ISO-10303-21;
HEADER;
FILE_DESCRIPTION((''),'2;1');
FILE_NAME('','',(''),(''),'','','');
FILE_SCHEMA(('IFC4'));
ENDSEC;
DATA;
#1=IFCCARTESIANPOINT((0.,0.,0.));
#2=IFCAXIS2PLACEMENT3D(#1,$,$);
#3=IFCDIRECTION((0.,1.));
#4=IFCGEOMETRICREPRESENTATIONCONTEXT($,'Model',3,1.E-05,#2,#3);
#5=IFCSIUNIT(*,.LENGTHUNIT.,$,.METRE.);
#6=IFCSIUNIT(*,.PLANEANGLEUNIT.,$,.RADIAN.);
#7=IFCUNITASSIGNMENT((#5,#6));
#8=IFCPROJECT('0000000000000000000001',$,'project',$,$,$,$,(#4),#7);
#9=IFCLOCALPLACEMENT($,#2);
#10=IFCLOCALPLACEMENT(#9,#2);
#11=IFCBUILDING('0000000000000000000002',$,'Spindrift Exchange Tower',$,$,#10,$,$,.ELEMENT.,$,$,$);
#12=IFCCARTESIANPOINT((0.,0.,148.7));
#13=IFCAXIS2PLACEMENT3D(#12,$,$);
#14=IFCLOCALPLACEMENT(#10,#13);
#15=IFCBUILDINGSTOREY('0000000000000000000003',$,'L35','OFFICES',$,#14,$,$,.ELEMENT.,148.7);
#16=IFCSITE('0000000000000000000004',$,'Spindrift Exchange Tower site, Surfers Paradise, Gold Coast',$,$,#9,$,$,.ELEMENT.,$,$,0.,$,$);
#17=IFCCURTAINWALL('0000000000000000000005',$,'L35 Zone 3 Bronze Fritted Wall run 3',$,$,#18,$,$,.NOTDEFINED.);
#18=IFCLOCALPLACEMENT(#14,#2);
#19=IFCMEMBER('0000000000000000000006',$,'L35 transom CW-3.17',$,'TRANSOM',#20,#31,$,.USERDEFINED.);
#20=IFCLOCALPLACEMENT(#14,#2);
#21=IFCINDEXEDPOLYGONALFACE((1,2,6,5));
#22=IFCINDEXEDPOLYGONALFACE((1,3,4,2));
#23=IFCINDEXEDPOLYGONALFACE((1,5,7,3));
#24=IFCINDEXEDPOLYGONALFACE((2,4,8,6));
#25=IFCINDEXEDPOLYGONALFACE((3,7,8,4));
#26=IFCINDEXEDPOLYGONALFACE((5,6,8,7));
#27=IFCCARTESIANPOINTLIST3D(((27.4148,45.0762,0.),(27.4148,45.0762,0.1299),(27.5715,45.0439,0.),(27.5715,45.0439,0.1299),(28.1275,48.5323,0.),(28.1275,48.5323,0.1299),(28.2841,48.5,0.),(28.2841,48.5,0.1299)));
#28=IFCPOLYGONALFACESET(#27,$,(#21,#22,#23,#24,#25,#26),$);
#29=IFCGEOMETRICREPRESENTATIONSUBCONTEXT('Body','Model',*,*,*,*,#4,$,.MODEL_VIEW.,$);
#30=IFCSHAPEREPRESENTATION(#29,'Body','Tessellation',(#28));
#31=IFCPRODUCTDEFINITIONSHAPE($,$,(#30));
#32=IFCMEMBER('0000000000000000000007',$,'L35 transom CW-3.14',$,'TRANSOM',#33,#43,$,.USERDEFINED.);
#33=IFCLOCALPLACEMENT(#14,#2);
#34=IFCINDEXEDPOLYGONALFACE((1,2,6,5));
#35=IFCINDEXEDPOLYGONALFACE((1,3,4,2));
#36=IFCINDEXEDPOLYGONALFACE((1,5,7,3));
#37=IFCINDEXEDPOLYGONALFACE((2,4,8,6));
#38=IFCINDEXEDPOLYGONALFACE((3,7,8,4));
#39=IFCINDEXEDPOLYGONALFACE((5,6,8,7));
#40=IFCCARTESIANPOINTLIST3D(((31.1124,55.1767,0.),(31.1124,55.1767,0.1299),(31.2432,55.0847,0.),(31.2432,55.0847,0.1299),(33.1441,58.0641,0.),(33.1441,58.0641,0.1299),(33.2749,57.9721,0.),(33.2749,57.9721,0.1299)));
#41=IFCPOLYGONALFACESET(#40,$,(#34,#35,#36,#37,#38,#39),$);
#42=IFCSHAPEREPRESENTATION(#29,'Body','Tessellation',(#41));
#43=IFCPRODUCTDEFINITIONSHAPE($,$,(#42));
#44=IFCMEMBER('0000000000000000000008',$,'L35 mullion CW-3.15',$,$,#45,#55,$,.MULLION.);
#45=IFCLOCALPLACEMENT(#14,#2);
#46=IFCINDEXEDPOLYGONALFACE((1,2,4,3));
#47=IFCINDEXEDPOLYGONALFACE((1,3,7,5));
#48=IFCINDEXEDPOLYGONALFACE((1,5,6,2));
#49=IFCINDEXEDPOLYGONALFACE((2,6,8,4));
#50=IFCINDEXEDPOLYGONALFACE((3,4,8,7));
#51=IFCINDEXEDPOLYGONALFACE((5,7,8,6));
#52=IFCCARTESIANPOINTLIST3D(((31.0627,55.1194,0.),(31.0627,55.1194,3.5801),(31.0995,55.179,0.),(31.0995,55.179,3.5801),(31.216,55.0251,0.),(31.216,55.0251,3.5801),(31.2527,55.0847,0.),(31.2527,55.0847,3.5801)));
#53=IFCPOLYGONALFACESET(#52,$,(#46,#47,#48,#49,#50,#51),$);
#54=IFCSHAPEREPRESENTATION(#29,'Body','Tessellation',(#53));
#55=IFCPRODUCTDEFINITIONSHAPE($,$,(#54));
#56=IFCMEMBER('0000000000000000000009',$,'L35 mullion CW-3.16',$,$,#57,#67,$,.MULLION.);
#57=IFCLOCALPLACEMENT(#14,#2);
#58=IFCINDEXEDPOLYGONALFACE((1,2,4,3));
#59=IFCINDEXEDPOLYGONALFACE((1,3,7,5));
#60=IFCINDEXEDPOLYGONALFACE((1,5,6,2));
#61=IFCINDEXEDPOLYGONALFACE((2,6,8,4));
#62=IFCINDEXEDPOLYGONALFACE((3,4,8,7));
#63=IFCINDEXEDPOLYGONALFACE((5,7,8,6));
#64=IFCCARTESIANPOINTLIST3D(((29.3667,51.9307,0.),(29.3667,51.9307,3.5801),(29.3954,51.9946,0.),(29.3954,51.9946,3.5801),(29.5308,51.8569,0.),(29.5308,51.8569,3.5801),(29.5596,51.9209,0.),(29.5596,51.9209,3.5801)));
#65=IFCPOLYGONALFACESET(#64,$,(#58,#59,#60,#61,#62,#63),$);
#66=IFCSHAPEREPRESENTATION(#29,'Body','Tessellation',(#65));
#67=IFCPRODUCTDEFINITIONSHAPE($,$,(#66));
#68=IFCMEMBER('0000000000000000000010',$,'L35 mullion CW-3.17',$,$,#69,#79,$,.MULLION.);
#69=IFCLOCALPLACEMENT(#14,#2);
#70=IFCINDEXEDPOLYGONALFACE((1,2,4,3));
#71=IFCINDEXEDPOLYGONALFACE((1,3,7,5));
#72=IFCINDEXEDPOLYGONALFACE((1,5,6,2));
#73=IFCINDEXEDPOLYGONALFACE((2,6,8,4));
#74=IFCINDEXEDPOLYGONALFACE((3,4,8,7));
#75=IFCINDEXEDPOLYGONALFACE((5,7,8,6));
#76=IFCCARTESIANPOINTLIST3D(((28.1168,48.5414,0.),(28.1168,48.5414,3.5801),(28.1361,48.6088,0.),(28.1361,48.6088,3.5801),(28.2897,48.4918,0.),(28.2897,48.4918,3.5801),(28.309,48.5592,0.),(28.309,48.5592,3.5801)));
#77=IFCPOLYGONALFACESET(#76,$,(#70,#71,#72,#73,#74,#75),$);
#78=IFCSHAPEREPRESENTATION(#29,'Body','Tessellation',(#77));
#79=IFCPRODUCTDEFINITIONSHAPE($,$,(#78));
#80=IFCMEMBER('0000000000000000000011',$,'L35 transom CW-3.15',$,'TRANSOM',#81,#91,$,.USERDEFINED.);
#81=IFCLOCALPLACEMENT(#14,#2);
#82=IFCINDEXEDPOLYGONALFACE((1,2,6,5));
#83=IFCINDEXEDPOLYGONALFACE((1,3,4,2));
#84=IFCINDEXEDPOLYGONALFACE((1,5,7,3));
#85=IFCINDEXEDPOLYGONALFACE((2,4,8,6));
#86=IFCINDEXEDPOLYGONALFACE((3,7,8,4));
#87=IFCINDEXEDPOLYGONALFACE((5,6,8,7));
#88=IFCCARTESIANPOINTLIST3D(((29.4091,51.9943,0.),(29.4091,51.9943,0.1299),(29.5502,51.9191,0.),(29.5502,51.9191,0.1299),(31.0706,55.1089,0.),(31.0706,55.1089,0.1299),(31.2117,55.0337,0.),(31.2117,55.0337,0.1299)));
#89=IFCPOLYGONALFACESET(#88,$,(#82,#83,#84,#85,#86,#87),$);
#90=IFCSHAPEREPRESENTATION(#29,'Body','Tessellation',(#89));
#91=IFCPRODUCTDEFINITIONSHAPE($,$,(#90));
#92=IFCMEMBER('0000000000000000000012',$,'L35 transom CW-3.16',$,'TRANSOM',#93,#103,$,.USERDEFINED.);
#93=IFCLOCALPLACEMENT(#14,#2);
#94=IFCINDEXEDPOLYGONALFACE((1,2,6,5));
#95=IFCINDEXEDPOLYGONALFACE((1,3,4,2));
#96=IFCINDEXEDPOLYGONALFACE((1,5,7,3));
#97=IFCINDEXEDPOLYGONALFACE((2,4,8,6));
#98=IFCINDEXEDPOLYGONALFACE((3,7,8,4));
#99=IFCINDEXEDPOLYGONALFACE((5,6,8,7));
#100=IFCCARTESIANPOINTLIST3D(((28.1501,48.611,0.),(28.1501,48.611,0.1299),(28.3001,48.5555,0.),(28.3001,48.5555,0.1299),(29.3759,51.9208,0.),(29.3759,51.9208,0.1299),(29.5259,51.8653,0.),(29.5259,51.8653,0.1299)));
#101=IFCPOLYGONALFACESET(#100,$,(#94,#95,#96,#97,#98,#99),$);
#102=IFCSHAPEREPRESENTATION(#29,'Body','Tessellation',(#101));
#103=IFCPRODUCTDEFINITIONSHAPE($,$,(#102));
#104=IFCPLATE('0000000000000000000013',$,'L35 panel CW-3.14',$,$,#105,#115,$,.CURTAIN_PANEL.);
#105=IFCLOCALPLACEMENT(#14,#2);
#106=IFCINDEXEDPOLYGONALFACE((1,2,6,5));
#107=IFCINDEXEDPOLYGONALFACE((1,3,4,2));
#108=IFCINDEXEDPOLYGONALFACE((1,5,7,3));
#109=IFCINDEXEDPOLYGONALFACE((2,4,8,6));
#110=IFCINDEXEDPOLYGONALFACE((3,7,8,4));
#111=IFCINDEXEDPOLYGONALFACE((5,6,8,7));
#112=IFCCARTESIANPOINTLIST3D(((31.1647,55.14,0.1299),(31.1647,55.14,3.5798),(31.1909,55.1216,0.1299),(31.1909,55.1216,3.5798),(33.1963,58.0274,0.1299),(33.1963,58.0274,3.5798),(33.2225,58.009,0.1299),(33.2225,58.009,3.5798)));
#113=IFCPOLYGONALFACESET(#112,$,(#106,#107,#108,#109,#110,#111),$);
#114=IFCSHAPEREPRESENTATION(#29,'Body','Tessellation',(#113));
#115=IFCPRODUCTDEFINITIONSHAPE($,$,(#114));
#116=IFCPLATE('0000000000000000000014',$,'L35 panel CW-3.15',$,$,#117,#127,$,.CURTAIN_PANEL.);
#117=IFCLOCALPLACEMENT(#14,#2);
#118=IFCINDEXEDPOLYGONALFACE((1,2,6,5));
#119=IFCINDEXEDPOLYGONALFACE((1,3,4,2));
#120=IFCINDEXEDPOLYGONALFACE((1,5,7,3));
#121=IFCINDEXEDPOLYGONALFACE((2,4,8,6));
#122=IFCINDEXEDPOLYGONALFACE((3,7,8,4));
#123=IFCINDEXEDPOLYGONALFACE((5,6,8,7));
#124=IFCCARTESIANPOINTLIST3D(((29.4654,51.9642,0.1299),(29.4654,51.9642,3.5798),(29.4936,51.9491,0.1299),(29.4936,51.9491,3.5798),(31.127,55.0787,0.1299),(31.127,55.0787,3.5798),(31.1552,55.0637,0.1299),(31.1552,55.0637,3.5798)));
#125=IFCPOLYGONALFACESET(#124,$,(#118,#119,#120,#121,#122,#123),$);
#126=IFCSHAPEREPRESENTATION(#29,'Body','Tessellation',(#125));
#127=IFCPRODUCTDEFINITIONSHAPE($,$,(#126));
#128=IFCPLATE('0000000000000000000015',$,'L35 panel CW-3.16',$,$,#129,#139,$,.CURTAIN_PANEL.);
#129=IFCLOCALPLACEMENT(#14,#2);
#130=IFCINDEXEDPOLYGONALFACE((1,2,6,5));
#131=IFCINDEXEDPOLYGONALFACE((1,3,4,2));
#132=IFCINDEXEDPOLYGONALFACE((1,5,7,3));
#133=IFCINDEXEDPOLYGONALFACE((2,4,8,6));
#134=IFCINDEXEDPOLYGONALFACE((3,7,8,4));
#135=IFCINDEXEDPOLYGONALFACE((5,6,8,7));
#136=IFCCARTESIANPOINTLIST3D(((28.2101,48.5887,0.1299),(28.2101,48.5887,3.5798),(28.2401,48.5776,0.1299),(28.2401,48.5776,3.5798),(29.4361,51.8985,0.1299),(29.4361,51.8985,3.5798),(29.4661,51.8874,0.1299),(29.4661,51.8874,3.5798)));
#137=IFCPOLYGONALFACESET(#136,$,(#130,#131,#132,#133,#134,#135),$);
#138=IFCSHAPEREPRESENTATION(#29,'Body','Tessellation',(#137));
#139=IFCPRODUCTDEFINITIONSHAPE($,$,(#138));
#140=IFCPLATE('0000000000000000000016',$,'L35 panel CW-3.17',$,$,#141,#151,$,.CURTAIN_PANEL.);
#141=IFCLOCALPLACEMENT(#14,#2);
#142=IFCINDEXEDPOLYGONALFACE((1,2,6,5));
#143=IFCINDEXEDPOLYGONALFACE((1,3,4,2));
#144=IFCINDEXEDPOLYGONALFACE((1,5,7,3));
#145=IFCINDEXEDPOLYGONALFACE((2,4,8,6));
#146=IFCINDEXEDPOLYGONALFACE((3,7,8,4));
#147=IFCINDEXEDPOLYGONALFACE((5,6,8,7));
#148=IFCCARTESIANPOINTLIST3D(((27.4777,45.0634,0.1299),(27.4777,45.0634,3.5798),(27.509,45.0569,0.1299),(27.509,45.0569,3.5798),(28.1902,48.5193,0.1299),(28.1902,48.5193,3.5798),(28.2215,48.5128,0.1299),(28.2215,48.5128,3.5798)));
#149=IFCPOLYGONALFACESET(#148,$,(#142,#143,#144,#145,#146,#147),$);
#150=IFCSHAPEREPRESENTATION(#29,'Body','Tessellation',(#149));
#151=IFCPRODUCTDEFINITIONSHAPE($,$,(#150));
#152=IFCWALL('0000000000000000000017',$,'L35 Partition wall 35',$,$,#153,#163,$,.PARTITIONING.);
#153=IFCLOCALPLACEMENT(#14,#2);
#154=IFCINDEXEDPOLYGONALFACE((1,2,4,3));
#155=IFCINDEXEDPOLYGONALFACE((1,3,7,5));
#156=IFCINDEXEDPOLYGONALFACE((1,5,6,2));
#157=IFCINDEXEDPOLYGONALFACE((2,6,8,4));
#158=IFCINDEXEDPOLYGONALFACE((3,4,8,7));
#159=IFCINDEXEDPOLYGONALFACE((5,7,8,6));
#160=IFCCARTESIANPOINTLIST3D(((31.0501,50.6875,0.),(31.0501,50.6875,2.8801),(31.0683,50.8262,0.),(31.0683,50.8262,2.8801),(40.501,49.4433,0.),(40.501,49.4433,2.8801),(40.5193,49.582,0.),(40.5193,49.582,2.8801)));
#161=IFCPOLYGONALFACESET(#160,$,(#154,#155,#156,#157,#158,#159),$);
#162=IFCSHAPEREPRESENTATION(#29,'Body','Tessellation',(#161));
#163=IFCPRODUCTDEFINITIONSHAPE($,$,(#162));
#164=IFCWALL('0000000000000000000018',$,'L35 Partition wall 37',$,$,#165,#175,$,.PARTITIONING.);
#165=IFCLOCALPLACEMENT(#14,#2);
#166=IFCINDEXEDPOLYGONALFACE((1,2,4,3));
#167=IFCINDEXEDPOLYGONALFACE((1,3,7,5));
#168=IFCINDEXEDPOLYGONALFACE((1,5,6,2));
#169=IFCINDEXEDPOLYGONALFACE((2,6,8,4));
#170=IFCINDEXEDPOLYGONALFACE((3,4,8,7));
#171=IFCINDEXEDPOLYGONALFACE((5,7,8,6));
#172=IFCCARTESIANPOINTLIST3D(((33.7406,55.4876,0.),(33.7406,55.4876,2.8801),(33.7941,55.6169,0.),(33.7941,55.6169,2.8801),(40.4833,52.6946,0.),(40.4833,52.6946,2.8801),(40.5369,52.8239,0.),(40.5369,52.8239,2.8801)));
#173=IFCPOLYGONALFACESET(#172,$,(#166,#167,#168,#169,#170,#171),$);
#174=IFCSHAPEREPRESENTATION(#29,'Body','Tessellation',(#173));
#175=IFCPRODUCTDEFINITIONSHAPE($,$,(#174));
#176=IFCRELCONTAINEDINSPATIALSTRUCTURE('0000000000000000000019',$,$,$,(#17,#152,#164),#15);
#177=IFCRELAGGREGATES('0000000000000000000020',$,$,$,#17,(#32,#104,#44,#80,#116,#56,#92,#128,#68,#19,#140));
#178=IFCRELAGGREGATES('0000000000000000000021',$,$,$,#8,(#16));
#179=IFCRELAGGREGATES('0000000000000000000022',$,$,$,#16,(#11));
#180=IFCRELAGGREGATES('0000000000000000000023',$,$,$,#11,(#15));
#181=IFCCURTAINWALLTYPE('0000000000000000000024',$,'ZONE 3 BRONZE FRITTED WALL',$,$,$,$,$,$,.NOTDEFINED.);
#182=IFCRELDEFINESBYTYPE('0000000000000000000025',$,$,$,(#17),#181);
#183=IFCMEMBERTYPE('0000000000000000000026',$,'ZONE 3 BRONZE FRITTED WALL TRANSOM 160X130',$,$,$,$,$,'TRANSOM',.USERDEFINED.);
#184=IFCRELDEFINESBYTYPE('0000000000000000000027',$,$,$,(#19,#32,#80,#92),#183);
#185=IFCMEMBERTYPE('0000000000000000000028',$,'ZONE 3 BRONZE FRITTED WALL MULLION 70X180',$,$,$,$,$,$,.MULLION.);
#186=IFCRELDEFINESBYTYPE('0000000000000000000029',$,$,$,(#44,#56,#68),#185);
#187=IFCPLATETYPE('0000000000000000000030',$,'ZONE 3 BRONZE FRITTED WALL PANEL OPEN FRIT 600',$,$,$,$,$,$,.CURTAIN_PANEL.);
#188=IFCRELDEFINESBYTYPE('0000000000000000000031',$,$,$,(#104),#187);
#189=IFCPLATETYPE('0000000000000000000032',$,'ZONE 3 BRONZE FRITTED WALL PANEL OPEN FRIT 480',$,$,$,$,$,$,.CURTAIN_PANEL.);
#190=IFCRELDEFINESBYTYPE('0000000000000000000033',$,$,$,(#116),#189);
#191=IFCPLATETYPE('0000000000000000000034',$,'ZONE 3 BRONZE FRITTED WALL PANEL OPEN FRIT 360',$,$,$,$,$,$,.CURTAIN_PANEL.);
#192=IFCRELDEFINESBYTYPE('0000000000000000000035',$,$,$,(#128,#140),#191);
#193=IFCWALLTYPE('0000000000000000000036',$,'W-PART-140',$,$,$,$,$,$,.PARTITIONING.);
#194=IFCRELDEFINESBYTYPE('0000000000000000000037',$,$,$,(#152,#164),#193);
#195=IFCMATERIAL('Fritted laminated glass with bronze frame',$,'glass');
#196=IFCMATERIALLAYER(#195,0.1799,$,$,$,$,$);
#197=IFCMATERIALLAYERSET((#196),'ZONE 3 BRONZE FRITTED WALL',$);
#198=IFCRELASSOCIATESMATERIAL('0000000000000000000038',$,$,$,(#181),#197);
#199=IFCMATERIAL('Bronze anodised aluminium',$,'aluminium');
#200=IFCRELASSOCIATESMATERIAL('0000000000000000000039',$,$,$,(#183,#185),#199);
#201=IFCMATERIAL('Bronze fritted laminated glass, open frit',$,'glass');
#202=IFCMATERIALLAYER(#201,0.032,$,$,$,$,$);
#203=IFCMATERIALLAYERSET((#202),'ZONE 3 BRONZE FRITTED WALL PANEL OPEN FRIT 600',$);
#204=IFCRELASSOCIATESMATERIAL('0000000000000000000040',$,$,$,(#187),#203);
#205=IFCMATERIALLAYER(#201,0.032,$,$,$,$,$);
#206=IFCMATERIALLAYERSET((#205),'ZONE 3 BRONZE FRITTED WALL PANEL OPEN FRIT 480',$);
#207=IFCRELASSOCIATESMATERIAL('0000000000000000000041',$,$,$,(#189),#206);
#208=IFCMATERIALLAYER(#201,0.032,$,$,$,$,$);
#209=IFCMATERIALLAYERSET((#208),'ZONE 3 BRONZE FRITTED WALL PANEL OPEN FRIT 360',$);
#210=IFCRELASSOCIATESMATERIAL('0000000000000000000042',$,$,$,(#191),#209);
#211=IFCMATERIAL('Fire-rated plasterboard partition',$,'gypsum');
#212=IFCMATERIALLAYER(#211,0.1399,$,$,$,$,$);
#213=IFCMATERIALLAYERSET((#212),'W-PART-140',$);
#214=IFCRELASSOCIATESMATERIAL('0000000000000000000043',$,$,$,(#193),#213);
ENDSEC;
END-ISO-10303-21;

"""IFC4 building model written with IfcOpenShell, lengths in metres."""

from ifc_helpers import new_model, si_unit, direction, frame, frame_2d, origin, origin_2d, place, context, subcontext, project, spatial, rectangle, extrude, source, transform, mapped, material, layer, layer_set, material_profile, profile_set, type_object, element, aggregate, save


model = new_model("IFC4")

# Units and contexts
model_context = context("Model", 3, precision=1e-05, world=origin(), true_north=direction((0.0, 1.0)))
body_context = subcontext(model_context, "Body", "Model", "MODEL_VIEW")
ifc_project = project(units=[si_unit("LENGTHUNIT", "METRE"), si_unit("PLANEANGLEUNIT", "RADIAN")], contexts=[model_context])

# Site, building, storey
site_placement = place(None, origin())
site = spatial("IfcSite", under=ifc_project, at=site_placement, Name="Spindrift Exchange Tower site, Surfers Paradise, Gold Coast", CompositionType="ELEMENT", RefElevation=0.0)
building_placement = place(site_placement, origin())
building = spatial("IfcBuilding", under=site, at=building_placement, Name="Spindrift Exchange Tower", CompositionType="ELEMENT")
storey_placement = place(building_placement, frame((0.0, 0.0, 148.7)))
storey = spatial("IfcBuildingStorey", under=building, at=storey_placement, Name="L35", Description="OFFICES", CompositionType="ELEMENT", Elevation=148.7)

# Curtain wall, members, plates
ifc_material_1 = material(Name="Fritted laminated glass with bronze frame", Category="glass")
ifc_layer_1 = layer(ifc_material_1, 0.1799)
ifc_layer_set_1 = layer_set([ifc_layer_1], Name="ZONE 3 BRONZE FRITTED WALL")
curtain_wall_type = type_object("IfcCurtainWallType", Name="ZONE 3 BRONZE FRITTED WALL", PredefinedType="NOTDEFINED", material=ifc_layer_set_1)
curtain_wall_placement = place(storey_placement, origin())
curtain_wall = element("IfcCurtainWall", 1, at=curtain_wall_placement, inside=storey, type_object=curtain_wall_type, Name="L35 Zone 3 Bronze Fritted Wall run 3", PredefinedType="NOTDEFINED")
ifc_material_2 = material(Name="Bronze anodised aluminium", Category="aluminium")
ifc_material_profile_1 = material_profile(ifc_material_2, rectangle(XDim=0.1599, YDim=0.1299, at=origin_2d()), Name="ZONE 3 BRONZE FRITTED WALL TRANSOM 160X130")
ifc_profile_set_1 = profile_set([ifc_material_profile_1], Name="Bronze anodised aluminium")
member_type_1 = type_object("IfcMemberType", Name="ZONE 3 BRONZE FRITTED WALL TRANSOM 160X130", ElementType="TRANSOM", PredefinedType="USERDEFINED", material=ifc_profile_set_1)
shared_shape_1 = source(origin(), body_context, "Body", "SweptSolid", [
    extrude(rectangle(XDim=0.1599, YDim=0.1299, at=origin_2d()), origin(), (0.0, 0.0, 1.0), 3.5288),
])
member_1_placement = place(storey_placement, frame((28.2058, 48.5161, 0.0649), z_axis=(-0.201954, -0.979395, 0.0), x_axis=(0.979395, -0.201954, 0.0)))
member_1 = element("IfcMember", 2, at=member_1_placement, type_object=member_type_1, Name="L35 transom CW-3.17", ObjectType="TRANSOM", PredefinedType="USERDEFINED", context=body_context, shape_type="MappedRepresentation", body=[
    mapped(shared_shape_1, transform((0.0, 0.0, 0.0), scale=1.0)),
])
shared_shape_2 = source(origin(), body_context, "Body", "SweptSolid", [
    extrude(rectangle(XDim=0.1599, YDim=0.1299, at=origin_2d()), origin(), (0.0, 0.0, 1.0), 3.5305),
])
member_2_placement = place(storey_placement, frame((33.2095, 58.0181, 0.0649), z_axis=(-0.575461, -0.817829, 0.0), x_axis=(0.817829, -0.575461, 0.0)))
member_2 = element("IfcMember", 3, at=member_2_placement, type_object=member_type_1, Name="L35 transom CW-3.14", ObjectType="TRANSOM", PredefinedType="USERDEFINED", context=body_context, shape_type="MappedRepresentation", body=[
    mapped(shared_shape_2, transform((0.0, 0.0, 0.0), scale=1.0)),
])
ifc_material_profile_2 = material_profile(ifc_material_2, rectangle(XDim=0.0701, YDim=0.1799, at=origin_2d()), Name="ZONE 3 BRONZE FRITTED WALL MULLION 70X180")
ifc_profile_set_2 = profile_set([ifc_material_profile_2], Name="Bronze anodised aluminium")
member_type_2 = type_object("IfcMemberType", Name="ZONE 3 BRONZE FRITTED WALL MULLION 70X180", PredefinedType="MULLION", material=ifc_profile_set_2)
shared_shape_3 = source(origin(), body_context, "Body", "SweptSolid", [
    extrude(rectangle(XDim=0.0701, YDim=0.1799, at=origin_2d()), origin(), (0.0, 0.0, 1.0), 3.5801),
])
member_3_placement = place(storey_placement, frame((31.1577, 55.1021, 0.0), z_axis=(0.0, 0.0, 1.0), x_axis=(-0.524063, -0.851679, 0.0)))
member_3 = element("IfcMember", 4, at=member_3_placement, type_object=member_type_2, Name="L35 mullion CW-3.15", PredefinedType="MULLION", context=body_context, shape_type="MappedRepresentation", body=[
    mapped(shared_shape_3, transform((0.0, 0.0, 0.0), scale=1.0)),
])
member_4_placement = place(storey_placement, frame((29.4631, 51.9258, 0.0), z_axis=(0.0, 0.0, 1.0), x_axis=(-0.409959, -0.912104, 0.0)))
member_4 = element("IfcMember", 5, at=member_4_placement, type_object=member_type_2, Name="L35 mullion CW-3.16", PredefinedType="MULLION", context=body_context, shape_type="MappedRepresentation", body=[
    mapped(shared_shape_3, transform((0.0, 0.0, 0.0), scale=1.0)),
])
member_5_placement = place(storey_placement, frame((28.2129, 48.5503, 0.0), z_axis=(0.0, 0.0, 1.0), x_axis=(-0.275433, -0.96132, 0.0)))
member_5 = element("IfcMember", 6, at=member_5_placement, type_object=member_type_2, Name="L35 mullion CW-3.17", PredefinedType="MULLION", context=body_context, shape_type="MappedRepresentation", body=[
    mapped(shared_shape_3, transform((0.0, 0.0, 0.0), scale=1.0)),
])
shared_shape_4 = source(origin(), body_context, "Body", "SweptSolid", [
    extrude(rectangle(XDim=0.1599, YDim=0.1299, at=origin_2d()), origin(), (0.0, 0.0, 1.0), 3.53),
])
member_6_placement = place(storey_placement, frame((31.1411, 55.0713, 0.0649), z_axis=(-0.470656, -0.882317, 0.0), x_axis=(0.882317, -0.470656, 0.0)))
member_6 = element("IfcMember", 7, at=member_6_placement, type_object=member_type_1, Name="L35 transom CW-3.15", ObjectType="TRANSOM", PredefinedType="USERDEFINED", context=body_context, shape_type="MappedRepresentation", body=[
    mapped(shared_shape_4, transform((0.0, 0.0, 0.0), scale=1.0)),
])
shared_shape_5 = source(origin(), body_context, "Body", "SweptSolid", [
    extrude(rectangle(XDim=0.1599, YDim=0.1299, at=origin_2d()), origin(), (0.0, 0.0, 1.0), 3.5295),
])
member_7_placement = place(storey_placement, frame((29.4509, 51.8931, 0.0649), z_axis=(-0.347308, -0.937751, 0.0), x_axis=(0.937751, -0.347308, 0.0)))
member_7 = element("IfcMember", 8, at=member_7_placement, type_object=member_type_1, Name="L35 transom CW-3.16", ObjectType="TRANSOM", PredefinedType="USERDEFINED", context=body_context, shape_type="MappedRepresentation", body=[
    mapped(shared_shape_5, transform((0.0, 0.0, 0.0), scale=1.0)),
])
ifc_material_3 = material(Name="Bronze fritted laminated glass, open frit", Category="glass")
ifc_layer_2 = layer(ifc_material_3, 0.032)
ifc_layer_set_2 = layer_set([ifc_layer_2], Name="ZONE 3 BRONZE FRITTED WALL PANEL OPEN FRIT 600")
plate_type_1 = type_object("IfcPlateType", Name="ZONE 3 BRONZE FRITTED WALL PANEL OPEN FRIT 600", PredefinedType="CURTAIN_PANEL", material=ifc_layer_set_2)
shared_shape_6 = source(origin(), body_context, "Body", "SweptSolid", [
    extrude(rectangle(XDim=3.5305, YDim=0.032, at=origin_2d()), origin(), (0.0, 0.0, 1.0), 3.45),
])
plate_1_placement = place(storey_placement, frame((32.1936, 56.5745, 0.1299), z_axis=(0.0, 0.0, 1.0), x_axis=(-0.575452, -0.817835, 0.0)))
plate_1 = element("IfcPlate", 9, at=plate_1_placement, type_object=plate_type_1, Name="L35 panel CW-3.14", PredefinedType="CURTAIN_PANEL", context=body_context, shape_type="MappedRepresentation", body=[
    mapped(shared_shape_6, transform((0.0, 0.0, 0.0), scale=1.0)),
])
ifc_layer_3 = layer(ifc_material_3, 0.032)
ifc_layer_set_3 = layer_set([ifc_layer_3], Name="ZONE 3 BRONZE FRITTED WALL PANEL OPEN FRIT 480")
plate_type_2 = type_object("IfcPlateType", Name="ZONE 3 BRONZE FRITTED WALL PANEL OPEN FRIT 480", PredefinedType="CURTAIN_PANEL", material=ifc_layer_set_3)
shared_shape_7 = source(origin(), body_context, "Body", "SweptSolid", [
    extrude(rectangle(XDim=3.53, YDim=0.032, at=origin_2d()), origin(), (0.0, 0.0, 1.0), 3.45),
])
plate_2_placement = place(storey_placement, frame((30.3103, 53.5139, 0.1299), z_axis=(0.0, 0.0, 1.0), x_axis=(-0.47069, -0.882299, 0.0)))
plate_2 = element("IfcPlate", 10, at=plate_2_placement, type_object=plate_type_2, Name="L35 panel CW-3.15", PredefinedType="CURTAIN_PANEL", context=body_context, shape_type="MappedRepresentation", body=[
    mapped(shared_shape_7, transform((0.0, 0.0, 0.0), scale=1.0)),
])
ifc_layer_4 = layer(ifc_material_3, 0.032)
ifc_layer_set_4 = layer_set([ifc_layer_4], Name="ZONE 3 BRONZE FRITTED WALL PANEL OPEN FRIT 360")
plate_type_3 = type_object("IfcPlateType", Name="ZONE 3 BRONZE FRITTED WALL PANEL OPEN FRIT 360", PredefinedType="CURTAIN_PANEL", material=ifc_layer_set_4)
shared_shape_8 = source(origin(), body_context, "Body", "SweptSolid", [
    extrude(rectangle(XDim=3.5295, YDim=0.032, at=origin_2d()), origin(), (0.0, 0.0, 1.0), 3.45),
])
plate_3_placement = place(storey_placement, frame((28.8381, 50.238, 0.1299), z_axis=(0.0, 0.0, 1.0), x_axis=(-0.347351, -0.937735, 0.0)))
plate_3 = element("IfcPlate", 11, at=plate_3_placement, type_object=plate_type_3, Name="L35 panel CW-3.16", PredefinedType="CURTAIN_PANEL", context=body_context, shape_type="MappedRepresentation", body=[
    mapped(shared_shape_8, transform((0.0, 0.0, 0.0), scale=1.0)),
])
shared_shape_9 = source(origin(), body_context, "Body", "SweptSolid", [
    extrude(rectangle(XDim=3.5286, YDim=0.032, at=origin_2d()), origin(), (0.0, 0.0, 1.0), 3.45),
])
plate_4_placement = place(storey_placement, frame((27.8496, 46.7881, 0.1299), z_axis=(0.0, 0.0, 1.0), x_axis=(-0.201938, -0.979398, 0.0)))
plate_4 = element("IfcPlate", 12, at=plate_4_placement, type_object=plate_type_3, Name="L35 panel CW-3.17", PredefinedType="CURTAIN_PANEL", context=body_context, shape_type="MappedRepresentation", body=[
    mapped(shared_shape_9, transform((0.0, 0.0, 0.0), scale=1.0)),
])
aggregate(curtain_wall, [member_2, plate_1, member_3, member_6, plate_2, member_4, member_7, plate_3, member_5, member_1, plate_4])

# Walls
ifc_material_4 = material(Name="Fire-rated plasterboard partition", Category="gypsum")
ifc_layer_5 = layer(ifc_material_4, 0.1399)
ifc_layer_set_5 = layer_set([ifc_layer_5], Name="W-PART-140")
wall_type = type_object("IfcWallType", Name="W-PART-140", PredefinedType="PARTITIONING", material=ifc_layer_set_5)
wall_1_placement = place(storey_placement, frame((40.51, 49.5127, 0.0), z_axis=(0.0, 0.0, 1.0), x_axis=(-0.991446, 0.130516, 0.0)))
element("IfcWall", 13, at=wall_1_placement, inside=storey, type_object=wall_type, Name="L35 Partition wall 35", PredefinedType="PARTITIONING", context=body_context, shape_type="SweptSolid", body=[
    extrude(rectangle(XDim=9.5325, YDim=0.1399, at=frame_2d((4.7661, 0.0))), origin(), (0.0, 0.0, 1.0), 2.8801),
])
wall_2_placement = place(storey_placement, frame((33.7673, 55.5522, 0.0), z_axis=(0.0, 0.0, 1.0), x_axis=(0.923877, -0.382691, 0.0)))
element("IfcWall", 14, at=wall_2_placement, inside=storey, type_object=wall_type, Name="L35 Partition wall 37", PredefinedType="PARTITIONING", context=body_context, shape_type="SweptSolid", body=[
    extrude(rectangle(XDim=7.2983, YDim=0.1399, at=frame_2d((3.6492, 0.0))), origin(), (0.0, 0.0, 1.0), 2.8801),
])

save(model, "model.ifc")
